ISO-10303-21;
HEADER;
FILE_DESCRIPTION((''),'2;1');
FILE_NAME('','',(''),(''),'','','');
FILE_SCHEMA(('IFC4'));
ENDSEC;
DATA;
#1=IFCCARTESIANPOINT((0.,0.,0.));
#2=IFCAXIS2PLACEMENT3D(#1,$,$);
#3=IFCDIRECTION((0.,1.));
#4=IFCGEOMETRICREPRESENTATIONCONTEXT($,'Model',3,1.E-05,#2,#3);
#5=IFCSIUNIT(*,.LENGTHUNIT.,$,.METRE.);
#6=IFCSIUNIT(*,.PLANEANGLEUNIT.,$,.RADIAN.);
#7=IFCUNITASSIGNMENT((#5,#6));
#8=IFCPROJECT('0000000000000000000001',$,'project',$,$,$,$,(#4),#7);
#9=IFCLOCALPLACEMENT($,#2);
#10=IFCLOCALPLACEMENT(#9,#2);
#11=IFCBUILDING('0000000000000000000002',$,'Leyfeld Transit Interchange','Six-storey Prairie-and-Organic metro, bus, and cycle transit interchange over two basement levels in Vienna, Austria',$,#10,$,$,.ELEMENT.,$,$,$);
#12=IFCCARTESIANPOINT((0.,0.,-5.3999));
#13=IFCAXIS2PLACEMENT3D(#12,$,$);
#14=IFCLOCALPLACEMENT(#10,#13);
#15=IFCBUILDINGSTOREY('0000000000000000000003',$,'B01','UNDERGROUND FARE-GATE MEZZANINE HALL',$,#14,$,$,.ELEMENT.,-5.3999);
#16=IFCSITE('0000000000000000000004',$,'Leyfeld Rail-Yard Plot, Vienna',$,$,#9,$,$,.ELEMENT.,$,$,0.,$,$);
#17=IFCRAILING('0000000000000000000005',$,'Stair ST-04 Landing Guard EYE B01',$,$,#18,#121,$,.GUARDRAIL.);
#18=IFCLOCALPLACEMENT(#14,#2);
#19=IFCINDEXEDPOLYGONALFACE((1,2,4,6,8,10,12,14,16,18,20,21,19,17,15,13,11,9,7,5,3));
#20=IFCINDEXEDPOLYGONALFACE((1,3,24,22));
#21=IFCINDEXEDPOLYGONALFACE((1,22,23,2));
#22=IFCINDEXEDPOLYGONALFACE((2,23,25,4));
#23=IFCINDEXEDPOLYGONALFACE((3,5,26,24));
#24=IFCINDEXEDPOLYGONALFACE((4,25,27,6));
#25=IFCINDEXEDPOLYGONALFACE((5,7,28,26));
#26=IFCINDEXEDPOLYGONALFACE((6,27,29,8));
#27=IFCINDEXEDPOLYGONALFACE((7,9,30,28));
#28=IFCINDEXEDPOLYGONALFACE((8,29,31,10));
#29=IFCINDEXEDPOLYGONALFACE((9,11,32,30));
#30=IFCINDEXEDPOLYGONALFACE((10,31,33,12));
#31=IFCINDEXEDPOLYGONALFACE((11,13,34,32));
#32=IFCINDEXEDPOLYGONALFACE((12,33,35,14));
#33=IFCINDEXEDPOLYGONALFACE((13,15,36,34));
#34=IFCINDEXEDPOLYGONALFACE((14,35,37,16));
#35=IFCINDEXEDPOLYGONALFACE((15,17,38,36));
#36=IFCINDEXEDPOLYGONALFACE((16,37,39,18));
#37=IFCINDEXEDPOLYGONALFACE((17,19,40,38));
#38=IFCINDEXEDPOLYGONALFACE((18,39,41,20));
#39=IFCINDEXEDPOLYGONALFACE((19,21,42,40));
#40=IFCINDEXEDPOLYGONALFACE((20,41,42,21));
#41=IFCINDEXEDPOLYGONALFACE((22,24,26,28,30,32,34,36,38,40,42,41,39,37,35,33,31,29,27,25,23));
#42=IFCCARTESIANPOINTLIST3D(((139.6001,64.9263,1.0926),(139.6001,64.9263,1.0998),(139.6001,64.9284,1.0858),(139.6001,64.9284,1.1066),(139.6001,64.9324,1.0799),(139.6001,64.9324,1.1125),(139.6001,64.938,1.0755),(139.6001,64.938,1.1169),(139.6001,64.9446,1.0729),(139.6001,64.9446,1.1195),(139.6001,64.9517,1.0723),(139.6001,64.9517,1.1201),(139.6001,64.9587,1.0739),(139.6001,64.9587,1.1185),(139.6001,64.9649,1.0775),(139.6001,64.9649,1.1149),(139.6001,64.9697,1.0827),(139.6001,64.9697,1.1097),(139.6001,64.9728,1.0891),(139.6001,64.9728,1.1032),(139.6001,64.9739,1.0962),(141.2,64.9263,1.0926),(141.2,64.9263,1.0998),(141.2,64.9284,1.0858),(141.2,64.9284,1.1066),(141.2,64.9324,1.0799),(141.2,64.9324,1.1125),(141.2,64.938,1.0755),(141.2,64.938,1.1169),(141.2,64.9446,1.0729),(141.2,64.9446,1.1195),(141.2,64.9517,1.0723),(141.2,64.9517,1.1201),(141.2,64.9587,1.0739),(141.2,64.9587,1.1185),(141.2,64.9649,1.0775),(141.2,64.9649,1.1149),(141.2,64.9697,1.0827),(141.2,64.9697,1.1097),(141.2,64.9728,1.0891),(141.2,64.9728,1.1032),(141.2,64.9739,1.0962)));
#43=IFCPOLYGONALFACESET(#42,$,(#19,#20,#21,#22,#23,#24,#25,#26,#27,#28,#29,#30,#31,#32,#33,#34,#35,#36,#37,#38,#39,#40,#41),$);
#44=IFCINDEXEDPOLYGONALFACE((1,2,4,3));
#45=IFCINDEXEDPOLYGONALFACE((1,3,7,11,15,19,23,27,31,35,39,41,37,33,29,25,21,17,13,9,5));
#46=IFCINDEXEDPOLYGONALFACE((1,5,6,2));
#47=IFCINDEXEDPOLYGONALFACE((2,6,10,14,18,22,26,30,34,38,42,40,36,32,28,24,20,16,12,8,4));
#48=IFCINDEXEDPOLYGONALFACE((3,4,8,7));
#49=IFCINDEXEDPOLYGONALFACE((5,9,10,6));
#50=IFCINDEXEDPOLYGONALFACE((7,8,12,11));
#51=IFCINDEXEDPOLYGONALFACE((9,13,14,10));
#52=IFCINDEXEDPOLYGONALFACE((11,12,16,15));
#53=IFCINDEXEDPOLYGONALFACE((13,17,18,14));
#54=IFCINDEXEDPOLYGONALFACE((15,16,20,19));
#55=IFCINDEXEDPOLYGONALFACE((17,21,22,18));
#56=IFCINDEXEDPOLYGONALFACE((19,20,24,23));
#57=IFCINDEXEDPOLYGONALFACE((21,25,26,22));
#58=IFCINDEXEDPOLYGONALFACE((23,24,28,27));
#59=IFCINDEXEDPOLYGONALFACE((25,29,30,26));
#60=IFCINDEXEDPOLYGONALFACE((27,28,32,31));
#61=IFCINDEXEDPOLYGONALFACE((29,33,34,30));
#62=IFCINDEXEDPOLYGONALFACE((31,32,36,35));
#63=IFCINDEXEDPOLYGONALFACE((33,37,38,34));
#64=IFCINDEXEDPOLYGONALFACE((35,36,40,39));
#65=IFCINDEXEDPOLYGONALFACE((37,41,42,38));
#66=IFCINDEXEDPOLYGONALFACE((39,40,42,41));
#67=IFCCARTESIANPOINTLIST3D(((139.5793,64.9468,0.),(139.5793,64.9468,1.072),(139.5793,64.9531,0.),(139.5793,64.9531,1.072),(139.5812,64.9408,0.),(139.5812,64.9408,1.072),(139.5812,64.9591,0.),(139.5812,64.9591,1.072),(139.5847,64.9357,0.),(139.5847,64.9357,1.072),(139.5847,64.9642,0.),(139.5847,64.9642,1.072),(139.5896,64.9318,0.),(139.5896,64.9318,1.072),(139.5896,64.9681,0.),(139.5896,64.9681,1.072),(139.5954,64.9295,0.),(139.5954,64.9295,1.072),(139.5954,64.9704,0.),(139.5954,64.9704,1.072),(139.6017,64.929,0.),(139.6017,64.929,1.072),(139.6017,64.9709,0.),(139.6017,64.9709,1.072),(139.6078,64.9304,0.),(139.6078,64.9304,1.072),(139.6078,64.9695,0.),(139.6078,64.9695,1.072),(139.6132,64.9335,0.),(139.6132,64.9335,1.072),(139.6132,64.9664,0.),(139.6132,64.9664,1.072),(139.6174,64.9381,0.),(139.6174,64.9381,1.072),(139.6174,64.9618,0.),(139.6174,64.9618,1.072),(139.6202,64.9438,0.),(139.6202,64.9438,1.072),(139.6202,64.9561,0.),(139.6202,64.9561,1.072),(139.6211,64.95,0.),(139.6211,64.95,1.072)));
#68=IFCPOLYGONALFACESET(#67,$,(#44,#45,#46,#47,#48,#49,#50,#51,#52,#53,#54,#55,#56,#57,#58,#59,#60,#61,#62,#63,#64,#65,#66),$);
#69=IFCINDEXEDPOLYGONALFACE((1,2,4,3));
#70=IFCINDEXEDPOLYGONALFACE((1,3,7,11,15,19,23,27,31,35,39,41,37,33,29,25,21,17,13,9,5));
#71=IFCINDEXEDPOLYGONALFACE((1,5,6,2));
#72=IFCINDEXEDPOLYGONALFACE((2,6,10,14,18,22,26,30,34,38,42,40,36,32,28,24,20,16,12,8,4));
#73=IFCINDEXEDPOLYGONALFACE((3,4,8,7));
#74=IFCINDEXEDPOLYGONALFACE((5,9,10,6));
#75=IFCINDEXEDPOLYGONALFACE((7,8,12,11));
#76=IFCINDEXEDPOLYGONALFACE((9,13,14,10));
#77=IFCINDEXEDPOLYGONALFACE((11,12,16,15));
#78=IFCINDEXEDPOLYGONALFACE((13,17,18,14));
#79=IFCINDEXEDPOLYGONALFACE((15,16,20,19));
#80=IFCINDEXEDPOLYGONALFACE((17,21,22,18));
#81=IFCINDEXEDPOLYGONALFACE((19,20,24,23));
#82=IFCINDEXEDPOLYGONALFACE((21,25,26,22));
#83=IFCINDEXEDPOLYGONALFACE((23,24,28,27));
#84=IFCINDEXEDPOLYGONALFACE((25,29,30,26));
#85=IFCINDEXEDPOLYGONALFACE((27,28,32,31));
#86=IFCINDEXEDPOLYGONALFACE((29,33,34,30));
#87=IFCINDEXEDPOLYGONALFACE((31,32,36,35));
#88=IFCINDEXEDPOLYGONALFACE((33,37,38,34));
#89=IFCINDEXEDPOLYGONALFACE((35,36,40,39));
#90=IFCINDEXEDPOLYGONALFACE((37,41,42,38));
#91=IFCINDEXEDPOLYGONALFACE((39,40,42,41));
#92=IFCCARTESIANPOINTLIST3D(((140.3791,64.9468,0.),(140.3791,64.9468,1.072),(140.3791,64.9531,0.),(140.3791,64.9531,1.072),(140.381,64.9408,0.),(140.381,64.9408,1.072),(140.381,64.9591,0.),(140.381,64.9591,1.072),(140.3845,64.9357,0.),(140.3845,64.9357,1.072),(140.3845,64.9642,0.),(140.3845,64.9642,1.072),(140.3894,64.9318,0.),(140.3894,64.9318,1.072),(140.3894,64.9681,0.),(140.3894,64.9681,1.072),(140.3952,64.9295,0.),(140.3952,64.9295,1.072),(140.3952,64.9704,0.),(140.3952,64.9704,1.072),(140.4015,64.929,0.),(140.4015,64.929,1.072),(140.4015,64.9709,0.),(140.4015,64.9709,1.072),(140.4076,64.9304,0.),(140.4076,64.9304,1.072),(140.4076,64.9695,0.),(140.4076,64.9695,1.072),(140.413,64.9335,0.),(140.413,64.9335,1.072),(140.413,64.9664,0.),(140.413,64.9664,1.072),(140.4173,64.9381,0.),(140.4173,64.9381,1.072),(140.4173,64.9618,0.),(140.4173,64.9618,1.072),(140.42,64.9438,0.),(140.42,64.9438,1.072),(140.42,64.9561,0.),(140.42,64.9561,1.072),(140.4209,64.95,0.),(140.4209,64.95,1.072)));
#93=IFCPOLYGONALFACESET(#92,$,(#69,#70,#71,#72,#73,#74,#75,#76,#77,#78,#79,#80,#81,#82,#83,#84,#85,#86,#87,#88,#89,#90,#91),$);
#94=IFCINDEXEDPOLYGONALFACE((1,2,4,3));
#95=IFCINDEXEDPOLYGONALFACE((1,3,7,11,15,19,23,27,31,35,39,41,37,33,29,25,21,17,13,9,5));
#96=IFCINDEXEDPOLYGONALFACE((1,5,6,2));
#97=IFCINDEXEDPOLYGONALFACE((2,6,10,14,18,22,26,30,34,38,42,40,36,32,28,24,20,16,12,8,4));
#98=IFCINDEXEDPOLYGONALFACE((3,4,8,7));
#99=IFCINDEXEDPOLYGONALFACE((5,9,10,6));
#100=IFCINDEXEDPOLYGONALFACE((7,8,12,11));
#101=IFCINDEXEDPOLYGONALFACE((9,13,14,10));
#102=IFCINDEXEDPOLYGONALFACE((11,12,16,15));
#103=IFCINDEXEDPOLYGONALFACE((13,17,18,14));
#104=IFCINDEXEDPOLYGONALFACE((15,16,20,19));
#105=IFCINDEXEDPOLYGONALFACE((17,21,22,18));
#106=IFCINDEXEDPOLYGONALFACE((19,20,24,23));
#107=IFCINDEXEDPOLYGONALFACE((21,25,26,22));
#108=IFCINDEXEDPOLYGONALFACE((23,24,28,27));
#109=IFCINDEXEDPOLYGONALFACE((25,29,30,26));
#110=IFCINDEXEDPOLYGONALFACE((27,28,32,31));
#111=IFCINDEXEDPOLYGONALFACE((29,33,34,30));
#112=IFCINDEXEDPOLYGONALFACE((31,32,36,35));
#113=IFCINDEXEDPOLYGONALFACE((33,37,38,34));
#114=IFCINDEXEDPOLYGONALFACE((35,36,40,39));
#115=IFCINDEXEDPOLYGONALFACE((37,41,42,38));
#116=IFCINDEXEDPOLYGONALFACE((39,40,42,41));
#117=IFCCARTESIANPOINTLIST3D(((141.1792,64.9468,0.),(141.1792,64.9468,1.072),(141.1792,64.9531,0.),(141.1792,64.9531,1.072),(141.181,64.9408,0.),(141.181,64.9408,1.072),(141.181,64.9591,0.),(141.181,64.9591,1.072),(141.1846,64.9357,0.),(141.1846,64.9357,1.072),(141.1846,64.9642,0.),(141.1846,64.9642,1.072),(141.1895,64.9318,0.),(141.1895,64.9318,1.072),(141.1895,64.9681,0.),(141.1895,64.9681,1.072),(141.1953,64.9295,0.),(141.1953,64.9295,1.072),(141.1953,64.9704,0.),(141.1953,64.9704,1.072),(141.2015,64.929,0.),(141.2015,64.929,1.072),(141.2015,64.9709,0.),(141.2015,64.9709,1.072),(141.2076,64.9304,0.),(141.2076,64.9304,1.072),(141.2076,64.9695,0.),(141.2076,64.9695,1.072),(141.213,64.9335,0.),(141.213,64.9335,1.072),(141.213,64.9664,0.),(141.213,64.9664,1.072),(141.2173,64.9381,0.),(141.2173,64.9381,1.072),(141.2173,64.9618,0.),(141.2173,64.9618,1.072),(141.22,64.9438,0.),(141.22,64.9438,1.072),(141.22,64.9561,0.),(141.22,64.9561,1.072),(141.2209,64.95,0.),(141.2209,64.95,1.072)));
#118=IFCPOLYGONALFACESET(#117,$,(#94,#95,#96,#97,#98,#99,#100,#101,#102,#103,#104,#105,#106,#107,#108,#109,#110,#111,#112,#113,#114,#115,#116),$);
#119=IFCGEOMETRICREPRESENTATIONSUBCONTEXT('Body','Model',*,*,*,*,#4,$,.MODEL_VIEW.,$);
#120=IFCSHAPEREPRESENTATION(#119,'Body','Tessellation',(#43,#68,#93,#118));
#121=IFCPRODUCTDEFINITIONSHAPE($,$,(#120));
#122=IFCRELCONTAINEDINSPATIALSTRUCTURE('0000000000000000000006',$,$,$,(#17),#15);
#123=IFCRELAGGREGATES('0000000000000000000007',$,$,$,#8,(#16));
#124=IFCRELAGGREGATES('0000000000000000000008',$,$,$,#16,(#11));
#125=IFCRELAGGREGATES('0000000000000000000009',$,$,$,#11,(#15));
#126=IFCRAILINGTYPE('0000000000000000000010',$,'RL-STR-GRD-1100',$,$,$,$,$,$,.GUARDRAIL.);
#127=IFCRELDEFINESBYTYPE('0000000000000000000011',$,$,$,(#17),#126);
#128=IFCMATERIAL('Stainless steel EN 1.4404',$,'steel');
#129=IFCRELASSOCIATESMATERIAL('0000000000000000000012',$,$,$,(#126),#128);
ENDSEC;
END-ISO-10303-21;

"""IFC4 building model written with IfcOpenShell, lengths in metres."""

from ifc_helpers import new_model, si_unit, direction, frame, origin, origin_2d, place, context, subcontext, project, spatial, circle, extrude, material, type_object, element, save


model = new_model("IFC4")

# Units and contexts
model_context = context("Model", 3, precision=1e-05, world=origin(), true_north=direction((0.0, 1.0)))
body_context = subcontext(model_context, "Body", "Model", "MODEL_VIEW")
ifc_project = project(units=[si_unit("LENGTHUNIT", "METRE"), si_unit("PLANEANGLEUNIT", "RADIAN")], contexts=[model_context])

# Site, building, storey
site_placement = place(None, origin())
site = spatial("IfcSite", under=ifc_project, at=site_placement, Name="Leyfeld Rail-Yard Plot, Vienna", CompositionType="ELEMENT", RefElevation=0.0)
building_placement = place(site_placement, origin())
building = spatial("IfcBuilding", under=site, at=building_placement, Name="Leyfeld Transit Interchange", Description="Six-storey Prairie-and-Organic metro, bus, and cycle transit interchange over two basement levels in Vienna, Austria", CompositionType="ELEMENT")
storey_placement = place(building_placement, frame((0.0, 0.0, -5.3999)))
storey = spatial("IfcBuildingStorey", under=building, at=storey_placement, Name="B01", Description="UNDERGROUND FARE-GATE MEZZANINE HALL", CompositionType="ELEMENT", Elevation=-5.3999)

# Shared definitions
ifc_material_1 = material(Name="Stainless steel EN 1.4404", Category="steel")

# Railing
railing_type = type_object("IfcRailingType", Name="RL-STR-GRD-1100", PredefinedType="GUARDRAIL", material=ifc_material_1)
railing_1_placement = place(storey_placement, frame((139.6001, 64.95, 0.0)))
element("IfcRailing", 1, at=railing_1_placement, inside=storey, type_object=railing_type, Name="Stair ST-04 Landing Guard EYE B01", PredefinedType="GUARDRAIL", context=body_context, shape_type="SweptSolid", body=[
    extrude(circle(Radius=0.0239, at=origin_2d()), frame((0.0, 0.0, 1.0962), z_axis=(1.0, 0.0, 0.0), x_axis=(0.0, 1.0, 0.0)), (0.0, 0.0, 1.0), 1.5999),
    extrude(circle(Radius=0.021, at=origin_2d()), origin(), (0.0, 0.0, 1.0), 1.072),
    extrude(circle(Radius=0.021, at=origin_2d()), frame((0.7998, 0.0, 0.0)), (0.0, 0.0, 1.0), 1.072),
    extrude(circle(Radius=0.021, at=origin_2d()), frame((1.5999, 0.0, 0.0)), (0.0, 0.0, 1.0), 1.072),
])

save(model, "model.ifc")
